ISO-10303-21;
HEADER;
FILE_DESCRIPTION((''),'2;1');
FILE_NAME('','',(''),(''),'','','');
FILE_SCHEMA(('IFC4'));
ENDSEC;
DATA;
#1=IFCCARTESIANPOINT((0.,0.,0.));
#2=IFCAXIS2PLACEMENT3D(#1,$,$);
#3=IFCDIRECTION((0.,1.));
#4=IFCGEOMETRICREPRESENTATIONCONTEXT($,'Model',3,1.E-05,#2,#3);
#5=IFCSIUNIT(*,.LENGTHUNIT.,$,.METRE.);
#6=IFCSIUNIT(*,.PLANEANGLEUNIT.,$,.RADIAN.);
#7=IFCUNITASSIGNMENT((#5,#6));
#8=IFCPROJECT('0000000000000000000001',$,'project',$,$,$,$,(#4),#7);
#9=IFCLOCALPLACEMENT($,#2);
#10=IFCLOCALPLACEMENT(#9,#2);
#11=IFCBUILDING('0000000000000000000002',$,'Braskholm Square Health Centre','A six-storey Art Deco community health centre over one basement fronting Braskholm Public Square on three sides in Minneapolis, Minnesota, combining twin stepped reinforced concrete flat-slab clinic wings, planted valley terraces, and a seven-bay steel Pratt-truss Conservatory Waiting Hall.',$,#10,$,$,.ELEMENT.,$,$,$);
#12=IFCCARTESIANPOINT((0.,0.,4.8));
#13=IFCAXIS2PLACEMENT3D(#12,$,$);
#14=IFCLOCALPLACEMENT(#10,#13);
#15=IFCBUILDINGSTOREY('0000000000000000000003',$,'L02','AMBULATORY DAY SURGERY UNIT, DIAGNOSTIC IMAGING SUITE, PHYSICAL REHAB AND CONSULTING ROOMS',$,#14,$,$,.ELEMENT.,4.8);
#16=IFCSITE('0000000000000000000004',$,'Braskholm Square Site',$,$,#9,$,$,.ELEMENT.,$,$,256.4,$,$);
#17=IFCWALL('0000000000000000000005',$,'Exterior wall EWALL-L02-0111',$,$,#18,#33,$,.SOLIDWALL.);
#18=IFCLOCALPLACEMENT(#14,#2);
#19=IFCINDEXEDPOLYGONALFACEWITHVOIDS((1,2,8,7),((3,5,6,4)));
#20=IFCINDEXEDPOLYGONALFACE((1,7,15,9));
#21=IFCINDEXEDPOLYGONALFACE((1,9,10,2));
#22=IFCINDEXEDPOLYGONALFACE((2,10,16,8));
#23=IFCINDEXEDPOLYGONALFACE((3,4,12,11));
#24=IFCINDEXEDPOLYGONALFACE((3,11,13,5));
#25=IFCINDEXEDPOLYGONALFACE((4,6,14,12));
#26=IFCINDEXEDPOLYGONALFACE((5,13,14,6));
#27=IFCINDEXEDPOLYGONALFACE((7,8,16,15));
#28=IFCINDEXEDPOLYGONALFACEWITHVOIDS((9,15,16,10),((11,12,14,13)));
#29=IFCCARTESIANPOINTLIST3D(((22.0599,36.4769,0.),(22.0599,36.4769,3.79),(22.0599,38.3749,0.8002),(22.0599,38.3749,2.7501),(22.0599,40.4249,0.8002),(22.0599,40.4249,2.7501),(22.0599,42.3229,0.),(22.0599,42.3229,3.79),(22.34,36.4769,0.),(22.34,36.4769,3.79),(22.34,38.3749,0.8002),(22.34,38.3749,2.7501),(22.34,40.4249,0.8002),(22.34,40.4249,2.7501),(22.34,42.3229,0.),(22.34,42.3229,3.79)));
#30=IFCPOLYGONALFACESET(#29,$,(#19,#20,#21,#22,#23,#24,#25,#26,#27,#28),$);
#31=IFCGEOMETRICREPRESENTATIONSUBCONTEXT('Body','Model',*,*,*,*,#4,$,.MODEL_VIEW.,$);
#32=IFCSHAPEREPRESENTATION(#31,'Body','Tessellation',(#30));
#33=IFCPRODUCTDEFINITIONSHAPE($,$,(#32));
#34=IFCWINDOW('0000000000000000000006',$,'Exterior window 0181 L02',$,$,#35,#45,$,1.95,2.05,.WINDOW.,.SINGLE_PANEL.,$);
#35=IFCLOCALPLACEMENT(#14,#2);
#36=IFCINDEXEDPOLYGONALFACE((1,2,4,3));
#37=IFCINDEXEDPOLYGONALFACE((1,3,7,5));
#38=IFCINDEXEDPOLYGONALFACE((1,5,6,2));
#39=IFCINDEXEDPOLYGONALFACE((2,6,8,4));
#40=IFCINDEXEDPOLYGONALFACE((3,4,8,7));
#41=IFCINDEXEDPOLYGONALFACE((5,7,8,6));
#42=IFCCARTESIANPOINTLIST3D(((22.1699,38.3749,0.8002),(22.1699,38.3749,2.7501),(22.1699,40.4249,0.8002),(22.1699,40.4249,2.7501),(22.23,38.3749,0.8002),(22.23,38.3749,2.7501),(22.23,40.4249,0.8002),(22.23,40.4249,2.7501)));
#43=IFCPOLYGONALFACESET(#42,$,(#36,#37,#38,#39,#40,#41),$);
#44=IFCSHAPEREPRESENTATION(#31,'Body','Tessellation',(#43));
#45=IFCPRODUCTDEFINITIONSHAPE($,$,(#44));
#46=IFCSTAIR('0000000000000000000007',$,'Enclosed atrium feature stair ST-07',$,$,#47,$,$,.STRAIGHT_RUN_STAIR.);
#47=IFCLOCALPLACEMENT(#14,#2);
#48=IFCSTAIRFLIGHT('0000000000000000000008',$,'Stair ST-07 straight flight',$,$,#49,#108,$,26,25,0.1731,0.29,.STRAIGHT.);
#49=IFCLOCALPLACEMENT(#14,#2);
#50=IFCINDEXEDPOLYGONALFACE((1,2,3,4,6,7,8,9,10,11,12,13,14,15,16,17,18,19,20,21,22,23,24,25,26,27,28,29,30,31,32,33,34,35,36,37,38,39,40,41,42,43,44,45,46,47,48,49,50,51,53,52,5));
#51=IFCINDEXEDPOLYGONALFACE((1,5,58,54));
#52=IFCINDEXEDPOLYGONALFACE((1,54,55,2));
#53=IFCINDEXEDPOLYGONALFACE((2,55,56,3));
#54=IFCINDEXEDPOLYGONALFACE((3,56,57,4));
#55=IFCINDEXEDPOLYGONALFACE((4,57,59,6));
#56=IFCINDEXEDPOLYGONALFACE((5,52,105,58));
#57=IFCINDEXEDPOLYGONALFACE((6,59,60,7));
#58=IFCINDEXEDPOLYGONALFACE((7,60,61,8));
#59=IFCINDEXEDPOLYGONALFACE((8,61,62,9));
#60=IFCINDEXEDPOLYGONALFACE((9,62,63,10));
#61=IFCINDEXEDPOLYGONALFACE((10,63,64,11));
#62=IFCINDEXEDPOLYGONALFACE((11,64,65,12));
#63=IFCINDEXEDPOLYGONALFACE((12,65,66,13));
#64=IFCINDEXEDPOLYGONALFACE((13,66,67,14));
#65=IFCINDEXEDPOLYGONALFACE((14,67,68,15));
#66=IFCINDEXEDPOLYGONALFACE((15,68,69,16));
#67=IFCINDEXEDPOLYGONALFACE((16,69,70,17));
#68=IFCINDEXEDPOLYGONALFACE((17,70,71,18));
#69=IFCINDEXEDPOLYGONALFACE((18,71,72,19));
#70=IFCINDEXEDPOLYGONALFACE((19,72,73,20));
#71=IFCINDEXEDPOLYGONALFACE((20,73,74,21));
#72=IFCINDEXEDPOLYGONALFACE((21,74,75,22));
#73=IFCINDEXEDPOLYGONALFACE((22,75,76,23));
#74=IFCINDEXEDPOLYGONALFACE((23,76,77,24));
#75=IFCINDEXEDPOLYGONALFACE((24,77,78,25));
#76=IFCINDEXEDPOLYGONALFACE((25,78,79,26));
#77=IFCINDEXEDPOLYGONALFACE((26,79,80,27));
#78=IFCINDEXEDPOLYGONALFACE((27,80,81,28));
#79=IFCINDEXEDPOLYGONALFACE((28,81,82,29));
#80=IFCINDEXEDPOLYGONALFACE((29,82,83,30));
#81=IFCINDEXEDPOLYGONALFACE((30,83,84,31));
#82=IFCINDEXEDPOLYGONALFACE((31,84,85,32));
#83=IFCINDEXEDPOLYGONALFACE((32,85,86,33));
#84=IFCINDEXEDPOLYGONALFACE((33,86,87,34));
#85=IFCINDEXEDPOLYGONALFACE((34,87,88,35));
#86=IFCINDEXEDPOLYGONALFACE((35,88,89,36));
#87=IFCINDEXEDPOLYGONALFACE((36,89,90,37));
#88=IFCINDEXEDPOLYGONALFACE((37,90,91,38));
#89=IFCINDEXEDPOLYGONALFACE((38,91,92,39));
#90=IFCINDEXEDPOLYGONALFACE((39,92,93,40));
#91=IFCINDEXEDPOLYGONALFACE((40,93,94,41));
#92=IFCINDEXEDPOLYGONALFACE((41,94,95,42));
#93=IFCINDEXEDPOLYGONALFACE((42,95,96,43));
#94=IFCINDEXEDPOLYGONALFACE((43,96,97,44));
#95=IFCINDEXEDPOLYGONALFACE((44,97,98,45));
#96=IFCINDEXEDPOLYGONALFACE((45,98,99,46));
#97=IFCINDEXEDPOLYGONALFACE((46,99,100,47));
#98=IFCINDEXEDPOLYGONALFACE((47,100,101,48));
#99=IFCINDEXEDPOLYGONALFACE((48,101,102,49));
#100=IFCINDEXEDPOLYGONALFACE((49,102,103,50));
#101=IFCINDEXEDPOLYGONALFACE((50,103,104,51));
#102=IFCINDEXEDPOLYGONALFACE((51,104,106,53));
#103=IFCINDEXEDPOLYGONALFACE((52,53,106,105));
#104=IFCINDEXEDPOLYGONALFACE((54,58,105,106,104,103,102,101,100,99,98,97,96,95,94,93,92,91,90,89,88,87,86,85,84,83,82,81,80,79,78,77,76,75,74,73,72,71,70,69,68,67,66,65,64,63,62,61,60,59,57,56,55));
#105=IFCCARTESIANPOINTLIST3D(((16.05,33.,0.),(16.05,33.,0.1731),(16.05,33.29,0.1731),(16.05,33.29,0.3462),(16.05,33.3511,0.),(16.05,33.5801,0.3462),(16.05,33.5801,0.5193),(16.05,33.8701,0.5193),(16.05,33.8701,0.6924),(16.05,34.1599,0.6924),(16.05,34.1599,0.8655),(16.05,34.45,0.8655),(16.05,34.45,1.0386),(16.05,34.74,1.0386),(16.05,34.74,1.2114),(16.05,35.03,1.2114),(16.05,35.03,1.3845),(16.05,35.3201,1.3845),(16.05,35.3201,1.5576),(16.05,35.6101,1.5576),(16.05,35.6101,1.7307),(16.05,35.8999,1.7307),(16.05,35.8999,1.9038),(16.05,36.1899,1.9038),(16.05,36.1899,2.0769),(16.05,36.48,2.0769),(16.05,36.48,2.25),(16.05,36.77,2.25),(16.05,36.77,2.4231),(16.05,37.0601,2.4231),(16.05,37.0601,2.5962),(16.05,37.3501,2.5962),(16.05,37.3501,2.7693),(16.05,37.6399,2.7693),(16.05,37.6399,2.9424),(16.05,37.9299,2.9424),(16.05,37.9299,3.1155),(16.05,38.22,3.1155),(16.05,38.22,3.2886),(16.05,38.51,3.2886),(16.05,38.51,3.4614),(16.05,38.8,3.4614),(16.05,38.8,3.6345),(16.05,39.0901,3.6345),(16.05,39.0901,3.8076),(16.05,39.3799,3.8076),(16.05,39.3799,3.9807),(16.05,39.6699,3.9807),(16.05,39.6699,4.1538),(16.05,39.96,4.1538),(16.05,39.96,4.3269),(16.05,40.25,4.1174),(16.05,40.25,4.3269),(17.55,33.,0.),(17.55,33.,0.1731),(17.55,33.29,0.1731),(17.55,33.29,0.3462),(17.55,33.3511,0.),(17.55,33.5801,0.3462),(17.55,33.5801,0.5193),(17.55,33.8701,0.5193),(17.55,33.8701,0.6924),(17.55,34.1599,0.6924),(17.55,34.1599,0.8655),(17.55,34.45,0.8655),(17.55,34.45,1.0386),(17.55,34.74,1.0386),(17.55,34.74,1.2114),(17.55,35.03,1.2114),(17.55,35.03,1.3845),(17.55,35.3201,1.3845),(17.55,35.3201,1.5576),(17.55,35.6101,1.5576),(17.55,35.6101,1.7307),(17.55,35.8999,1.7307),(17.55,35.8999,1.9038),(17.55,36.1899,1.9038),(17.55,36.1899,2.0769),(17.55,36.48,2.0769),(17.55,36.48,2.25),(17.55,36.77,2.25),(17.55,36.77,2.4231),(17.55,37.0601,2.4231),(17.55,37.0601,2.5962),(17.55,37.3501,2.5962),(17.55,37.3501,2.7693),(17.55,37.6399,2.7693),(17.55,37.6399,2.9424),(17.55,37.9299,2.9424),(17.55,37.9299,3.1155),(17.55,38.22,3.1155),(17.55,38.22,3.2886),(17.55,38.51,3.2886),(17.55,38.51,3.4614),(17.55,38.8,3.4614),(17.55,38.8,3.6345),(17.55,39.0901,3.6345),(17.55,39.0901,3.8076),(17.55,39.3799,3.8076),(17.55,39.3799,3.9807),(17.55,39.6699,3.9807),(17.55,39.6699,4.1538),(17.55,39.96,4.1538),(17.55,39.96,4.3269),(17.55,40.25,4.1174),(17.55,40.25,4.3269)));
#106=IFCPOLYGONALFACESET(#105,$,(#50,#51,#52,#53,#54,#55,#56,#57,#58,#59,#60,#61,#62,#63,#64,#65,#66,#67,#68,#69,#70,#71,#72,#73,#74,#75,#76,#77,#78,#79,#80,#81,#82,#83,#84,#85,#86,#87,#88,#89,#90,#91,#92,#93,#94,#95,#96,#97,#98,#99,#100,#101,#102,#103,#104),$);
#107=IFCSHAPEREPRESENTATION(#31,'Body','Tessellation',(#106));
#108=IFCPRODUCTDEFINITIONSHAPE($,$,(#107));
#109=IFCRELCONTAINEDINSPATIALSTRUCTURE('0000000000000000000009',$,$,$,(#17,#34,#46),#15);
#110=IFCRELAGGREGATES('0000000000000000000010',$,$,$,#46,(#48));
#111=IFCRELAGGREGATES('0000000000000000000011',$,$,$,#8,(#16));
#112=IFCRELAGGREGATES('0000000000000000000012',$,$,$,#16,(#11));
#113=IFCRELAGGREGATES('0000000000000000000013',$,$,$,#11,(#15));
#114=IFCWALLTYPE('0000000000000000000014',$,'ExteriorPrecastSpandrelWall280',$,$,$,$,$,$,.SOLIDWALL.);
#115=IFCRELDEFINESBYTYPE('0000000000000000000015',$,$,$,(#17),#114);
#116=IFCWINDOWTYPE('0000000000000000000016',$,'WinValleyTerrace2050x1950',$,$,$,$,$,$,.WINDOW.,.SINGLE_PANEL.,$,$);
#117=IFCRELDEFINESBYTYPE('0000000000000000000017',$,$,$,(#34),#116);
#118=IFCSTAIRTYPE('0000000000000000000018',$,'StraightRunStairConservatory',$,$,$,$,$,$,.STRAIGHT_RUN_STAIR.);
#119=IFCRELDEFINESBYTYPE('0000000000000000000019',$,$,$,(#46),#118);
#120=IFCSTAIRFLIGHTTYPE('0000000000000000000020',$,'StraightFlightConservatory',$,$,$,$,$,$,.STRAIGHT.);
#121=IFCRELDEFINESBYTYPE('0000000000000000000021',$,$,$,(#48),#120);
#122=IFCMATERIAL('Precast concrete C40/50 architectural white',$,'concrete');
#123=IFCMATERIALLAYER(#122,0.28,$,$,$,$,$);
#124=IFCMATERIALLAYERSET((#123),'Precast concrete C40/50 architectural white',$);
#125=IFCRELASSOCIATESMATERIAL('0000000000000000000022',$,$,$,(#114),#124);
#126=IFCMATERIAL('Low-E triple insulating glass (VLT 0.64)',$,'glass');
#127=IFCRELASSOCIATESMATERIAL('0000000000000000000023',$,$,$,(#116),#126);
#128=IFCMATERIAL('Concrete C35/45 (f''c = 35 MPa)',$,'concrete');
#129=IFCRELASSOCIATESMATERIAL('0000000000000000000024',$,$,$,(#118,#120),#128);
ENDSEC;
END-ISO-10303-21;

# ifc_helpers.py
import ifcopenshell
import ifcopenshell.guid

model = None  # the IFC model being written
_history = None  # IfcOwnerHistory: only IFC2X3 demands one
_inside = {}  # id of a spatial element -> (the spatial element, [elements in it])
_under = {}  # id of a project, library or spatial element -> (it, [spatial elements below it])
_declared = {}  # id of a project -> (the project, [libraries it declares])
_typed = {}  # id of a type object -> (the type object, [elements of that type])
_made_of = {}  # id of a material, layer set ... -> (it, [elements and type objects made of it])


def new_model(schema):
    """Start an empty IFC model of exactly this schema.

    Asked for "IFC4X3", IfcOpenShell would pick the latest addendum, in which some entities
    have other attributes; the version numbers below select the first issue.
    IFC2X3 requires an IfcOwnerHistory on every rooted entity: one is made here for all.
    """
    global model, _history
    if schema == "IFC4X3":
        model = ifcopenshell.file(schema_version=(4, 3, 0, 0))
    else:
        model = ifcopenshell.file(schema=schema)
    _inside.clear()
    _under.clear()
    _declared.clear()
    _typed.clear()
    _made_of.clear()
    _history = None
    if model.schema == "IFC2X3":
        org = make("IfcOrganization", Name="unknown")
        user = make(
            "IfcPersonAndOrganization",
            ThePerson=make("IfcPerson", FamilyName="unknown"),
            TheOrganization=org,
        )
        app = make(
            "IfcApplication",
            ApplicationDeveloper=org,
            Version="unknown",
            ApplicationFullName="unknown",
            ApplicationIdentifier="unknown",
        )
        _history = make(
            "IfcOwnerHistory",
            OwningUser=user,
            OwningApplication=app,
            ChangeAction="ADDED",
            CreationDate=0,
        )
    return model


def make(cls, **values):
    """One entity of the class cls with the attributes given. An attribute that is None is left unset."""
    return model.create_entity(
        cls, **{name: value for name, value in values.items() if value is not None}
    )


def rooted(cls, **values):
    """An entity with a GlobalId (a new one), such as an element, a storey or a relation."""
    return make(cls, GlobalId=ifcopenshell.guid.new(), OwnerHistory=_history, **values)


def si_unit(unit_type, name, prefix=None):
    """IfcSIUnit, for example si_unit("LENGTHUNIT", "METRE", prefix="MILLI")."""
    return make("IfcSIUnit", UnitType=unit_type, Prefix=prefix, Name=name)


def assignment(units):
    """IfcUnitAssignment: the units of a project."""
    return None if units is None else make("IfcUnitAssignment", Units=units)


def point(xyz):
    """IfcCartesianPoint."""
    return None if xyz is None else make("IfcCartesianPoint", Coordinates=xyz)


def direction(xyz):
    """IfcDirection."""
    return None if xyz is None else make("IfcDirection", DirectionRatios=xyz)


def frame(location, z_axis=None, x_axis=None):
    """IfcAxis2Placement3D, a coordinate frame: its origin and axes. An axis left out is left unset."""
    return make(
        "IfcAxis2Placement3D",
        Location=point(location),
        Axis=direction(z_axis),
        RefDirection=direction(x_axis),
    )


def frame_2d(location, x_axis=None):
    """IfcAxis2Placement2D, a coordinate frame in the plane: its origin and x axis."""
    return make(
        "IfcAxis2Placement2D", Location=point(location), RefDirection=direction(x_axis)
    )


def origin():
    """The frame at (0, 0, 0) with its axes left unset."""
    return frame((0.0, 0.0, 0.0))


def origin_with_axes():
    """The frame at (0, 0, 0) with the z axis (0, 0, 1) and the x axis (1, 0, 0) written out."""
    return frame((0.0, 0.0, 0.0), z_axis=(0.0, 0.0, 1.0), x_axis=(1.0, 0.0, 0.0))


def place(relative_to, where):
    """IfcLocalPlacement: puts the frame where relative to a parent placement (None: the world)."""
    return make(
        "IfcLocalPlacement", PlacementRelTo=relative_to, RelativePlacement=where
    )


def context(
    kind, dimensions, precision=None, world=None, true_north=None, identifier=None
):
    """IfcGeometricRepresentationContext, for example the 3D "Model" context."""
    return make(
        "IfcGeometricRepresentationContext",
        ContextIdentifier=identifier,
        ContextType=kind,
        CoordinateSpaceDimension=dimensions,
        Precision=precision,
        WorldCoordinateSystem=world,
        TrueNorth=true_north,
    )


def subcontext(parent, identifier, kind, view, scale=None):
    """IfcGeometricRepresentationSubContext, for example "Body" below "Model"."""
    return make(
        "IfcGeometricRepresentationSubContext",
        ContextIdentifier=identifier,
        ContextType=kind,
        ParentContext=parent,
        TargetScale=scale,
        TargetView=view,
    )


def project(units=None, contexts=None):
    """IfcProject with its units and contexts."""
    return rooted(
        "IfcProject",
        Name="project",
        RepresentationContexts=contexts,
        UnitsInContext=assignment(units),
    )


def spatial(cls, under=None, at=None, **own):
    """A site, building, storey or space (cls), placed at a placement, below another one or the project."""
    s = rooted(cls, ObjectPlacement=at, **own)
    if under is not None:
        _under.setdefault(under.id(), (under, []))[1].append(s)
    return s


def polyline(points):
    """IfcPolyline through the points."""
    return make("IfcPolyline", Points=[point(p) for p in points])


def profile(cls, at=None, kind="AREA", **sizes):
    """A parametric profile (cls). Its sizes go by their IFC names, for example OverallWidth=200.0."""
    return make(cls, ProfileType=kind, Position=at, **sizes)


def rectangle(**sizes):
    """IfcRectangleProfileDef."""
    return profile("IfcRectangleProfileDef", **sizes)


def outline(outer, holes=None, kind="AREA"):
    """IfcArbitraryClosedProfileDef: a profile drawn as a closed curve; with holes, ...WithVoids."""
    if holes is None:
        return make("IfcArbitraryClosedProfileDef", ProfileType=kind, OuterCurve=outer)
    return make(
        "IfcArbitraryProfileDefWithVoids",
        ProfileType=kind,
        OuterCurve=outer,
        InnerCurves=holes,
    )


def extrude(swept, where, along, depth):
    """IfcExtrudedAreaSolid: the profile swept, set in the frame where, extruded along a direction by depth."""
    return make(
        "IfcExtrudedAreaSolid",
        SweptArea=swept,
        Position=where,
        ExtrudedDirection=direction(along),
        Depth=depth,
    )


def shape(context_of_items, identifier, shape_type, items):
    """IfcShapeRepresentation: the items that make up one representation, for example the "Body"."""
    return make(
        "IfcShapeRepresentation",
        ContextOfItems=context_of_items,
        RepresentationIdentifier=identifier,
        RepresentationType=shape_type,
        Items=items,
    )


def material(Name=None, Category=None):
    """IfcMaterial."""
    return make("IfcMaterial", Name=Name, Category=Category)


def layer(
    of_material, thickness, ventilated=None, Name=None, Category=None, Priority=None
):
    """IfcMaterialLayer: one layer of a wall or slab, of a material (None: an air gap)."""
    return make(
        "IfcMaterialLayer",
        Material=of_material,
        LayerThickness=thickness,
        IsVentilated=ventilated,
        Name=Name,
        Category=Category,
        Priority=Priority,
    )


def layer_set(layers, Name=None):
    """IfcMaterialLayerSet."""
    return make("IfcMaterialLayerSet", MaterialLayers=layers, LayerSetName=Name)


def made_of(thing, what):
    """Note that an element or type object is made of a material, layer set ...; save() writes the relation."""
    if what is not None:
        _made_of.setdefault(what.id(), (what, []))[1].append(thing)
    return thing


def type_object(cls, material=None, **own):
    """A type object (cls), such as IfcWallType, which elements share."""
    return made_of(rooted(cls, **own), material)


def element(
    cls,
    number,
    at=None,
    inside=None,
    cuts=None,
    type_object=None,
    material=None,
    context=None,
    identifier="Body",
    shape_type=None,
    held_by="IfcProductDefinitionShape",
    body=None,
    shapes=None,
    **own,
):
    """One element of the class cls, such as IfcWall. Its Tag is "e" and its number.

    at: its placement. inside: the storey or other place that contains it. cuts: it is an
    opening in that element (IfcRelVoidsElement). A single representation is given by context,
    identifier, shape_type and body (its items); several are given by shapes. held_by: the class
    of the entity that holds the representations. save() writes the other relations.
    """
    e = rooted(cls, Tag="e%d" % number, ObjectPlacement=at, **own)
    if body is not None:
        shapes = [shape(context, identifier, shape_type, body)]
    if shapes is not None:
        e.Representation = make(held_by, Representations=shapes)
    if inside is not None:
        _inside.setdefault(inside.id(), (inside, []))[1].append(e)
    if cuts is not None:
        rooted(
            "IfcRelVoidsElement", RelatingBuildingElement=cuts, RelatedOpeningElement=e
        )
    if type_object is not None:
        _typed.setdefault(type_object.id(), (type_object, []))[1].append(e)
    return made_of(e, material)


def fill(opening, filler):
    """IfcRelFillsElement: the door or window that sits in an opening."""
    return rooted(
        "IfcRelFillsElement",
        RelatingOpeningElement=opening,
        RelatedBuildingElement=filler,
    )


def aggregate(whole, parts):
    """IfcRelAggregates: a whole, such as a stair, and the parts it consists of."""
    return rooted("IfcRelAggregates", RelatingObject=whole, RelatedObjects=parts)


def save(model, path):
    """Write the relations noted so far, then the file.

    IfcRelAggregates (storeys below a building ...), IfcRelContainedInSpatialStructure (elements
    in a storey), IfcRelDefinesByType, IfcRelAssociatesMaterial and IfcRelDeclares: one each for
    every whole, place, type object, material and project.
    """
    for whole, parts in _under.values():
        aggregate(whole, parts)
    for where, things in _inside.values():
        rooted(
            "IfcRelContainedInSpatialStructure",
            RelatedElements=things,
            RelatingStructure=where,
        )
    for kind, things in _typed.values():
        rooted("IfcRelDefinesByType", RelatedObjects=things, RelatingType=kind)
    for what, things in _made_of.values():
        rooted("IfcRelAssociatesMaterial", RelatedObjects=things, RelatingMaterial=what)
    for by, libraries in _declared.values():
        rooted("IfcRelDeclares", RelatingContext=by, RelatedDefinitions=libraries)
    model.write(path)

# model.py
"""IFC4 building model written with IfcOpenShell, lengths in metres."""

from ifc_helpers import new_model, si_unit, direction, frame, frame_2d, origin, origin_with_axes, place, context, subcontext, project, spatial, polyline, rectangle, outline, extrude, material, layer, layer_set, type_object, element, fill, aggregate, save


model = new_model("IFC4")

# Units and contexts
model_context = context("Model", 3, precision=1e-05, world=origin(), true_north=direction((0.0, 1.0)))
body_context = subcontext(model_context, "Body", "Model", "MODEL_VIEW")
ifc_project = project(units=[si_unit("LENGTHUNIT", "METRE"), si_unit("PLANEANGLEUNIT", "RADIAN")], contexts=[model_context])

# Site, building, storey
site_placement = place(None, origin())
site = spatial("IfcSite", under=ifc_project, at=site_placement, Name="Braskholm Square Site", CompositionType="ELEMENT", RefElevation=256.4)
building_placement = place(site_placement, origin())
building = spatial("IfcBuilding", under=site, at=building_placement, Name="Braskholm Square Health Centre", Description="A six-storey Art Deco community health centre over one basement fronting Braskholm Public Square on three sides in Minneapolis, Minnesota, combining twin stepped reinforced concrete flat-slab clinic wings, planted valley terraces, and a seven-bay steel Pratt-truss Conservatory Waiting Hall.", CompositionType="ELEMENT")
storey_placement = place(building_placement, frame((0.0, 0.0, 4.8)))
storey = spatial("IfcBuildingStorey", under=building, at=storey_placement, Name="L02", Description="AMBULATORY DAY SURGERY UNIT, DIAGNOSTIC IMAGING SUITE, PHYSICAL REHAB AND CONSULTING ROOMS", CompositionType="ELEMENT", Elevation=4.8)

# Shared definitions
ifc_material_1 = material(Name="Low-E triple insulating glass (VLT 0.64)", Category="glass")

# Shared definitions
ifc_material_2 = material(Name="Concrete C35/45 (f'c = 35 MPa)", Category="concrete")
ifc_material_3 = material(Name="Precast concrete C40/50 architectural white", Category="concrete")

# Wall, opening, window
ifc_layer = layer(ifc_material_3, 0.28)
ifc_layer_set = layer_set([ifc_layer], Name="Precast concrete C40/50 architectural white")
wall_type = type_object("IfcWallType", Name="ExteriorPrecastSpandrelWall280", PredefinedType="SOLIDWALL", material=ifc_layer_set)
wall_placement = place(storey_placement, frame((22.2, 36.4771, 0.0), z_axis=(0.0, 0.0, 1.0), x_axis=(0.0, 1.0, 0.0)))
wall = element("IfcWall", 1, at=wall_placement, inside=storey, type_object=wall_type, Name="Exterior wall EWALL-L02-0111", PredefinedType="SOLIDWALL", context=body_context, shape_type="SweptSolid", body=[
    extrude(rectangle(XDim=5.8459, YDim=0.28, at=frame_2d((2.9229, 0.0))), origin(), (0.0, 0.0, 1.0), 3.79),
])
opening_placement = place(wall_placement, frame((1.8979, 0.0, 0.8)))
opening = element("IfcOpeningElement", 2, at=opening_placement, cuts=wall, PredefinedType="OPENING", context=body_context, shape_type="SweptSolid", body=[
    extrude(rectangle(XDim=2.05, YDim=1.95, at=frame_2d((1.0249, 0.9751))), frame((0.0, 0.1499, 0.0), z_axis=(0.0, -1.0, 0.0), x_axis=(1.0, 0.0, 0.0)), (0.0, 0.0, 1.0), 0.3),
])
window_type = type_object("IfcWindowType", Name="WinValleyTerrace2050x1950", PartitioningType="SINGLE_PANEL", PredefinedType="WINDOW", material=ifc_material_1)
window_placement = place(opening_placement, origin_with_axes())
window = element("IfcWindow", 3, at=window_placement, inside=storey, type_object=window_type, Name="Exterior window 0181 L02", OverallHeight=1.95, OverallWidth=2.05, PartitioningType="SINGLE_PANEL", PredefinedType="WINDOW", context=body_context, shape_type="SweptSolid", body=[
    extrude(rectangle(XDim=2.05, YDim=1.95, at=frame_2d((1.0249, 0.9751))), frame((0.0, 0.03, 0.0), z_axis=(0.0, -1.0, 0.0), x_axis=(1.0, 0.0, 0.0)), (0.0, 0.0, 1.0), 0.0601),
])
fill(opening, window)

# Stair, stair flight
stair_type = type_object("IfcStairType", Name="StraightRunStairConservatory", PredefinedType="STRAIGHT_RUN_STAIR", material=ifc_material_2)
stair_placement = place(storey_placement, origin())
stair = element("IfcStair", 4, at=stair_placement, inside=storey, type_object=stair_type, Name="Enclosed atrium feature stair ST-07", PredefinedType="STRAIGHT_RUN_STAIR")
stair_flight_type = type_object("IfcStairFlightType", Name="StraightFlightConservatory", PredefinedType="STRAIGHT", material=ifc_material_2)
stair_flight_placement = place(storey_placement, frame((16.8, 33.0, 0.0), z_axis=(0.0, 0.0, 1.0), x_axis=(0.0, 1.0, 0.0)))
stair_flight = element("IfcStairFlight", 5, at=stair_flight_placement, type_object=stair_flight_type, Name="Stair ST-07 straight flight", NumberOfRisers=26, NumberOfTreads=25, PredefinedType="STRAIGHT", RiserHeight=0.1731, TreadLength=0.29, context=body_context, shape_type="SweptSolid", body=[
    extrude(outline(polyline([(0.0, 0.0), (0.0, 0.1731), (0.29, 0.1731), (0.29, 0.3462), (0.5801, 0.3462), (0.5801, 0.5193), (0.8701, 0.5193), (0.8701, 0.6924), (1.1599, 0.6924), (1.1599, 0.8655), (1.45, 0.8655), (1.45, 1.0386), (1.74, 1.0386), (1.74, 1.2114), (2.03, 1.2114), (2.03, 1.3845), (2.3201, 1.3845), (2.3201, 1.5576), (2.6101, 1.5576), (2.6101, 1.7307), (2.8999, 1.7307), (2.8999, 1.9038), (3.1899, 1.9038), (3.1899, 2.0769), (3.48, 2.0769), (3.48, 2.25), (3.77, 2.25), (3.77, 2.4231), (4.0601, 2.4231), (4.0601, 2.5962), (4.3501, 2.5962), (4.3501, 2.7693), (4.6399, 2.7693), (4.6399, 2.9424), (4.9299, 2.9424), (4.9299, 3.1155), (5.22, 3.1155), (5.22, 3.2886), (5.51, 3.2886), (5.51, 3.4614), (5.8, 3.4614), (5.8, 3.6345), (6.0901, 3.6345), (6.0901, 3.8076), (6.3799, 3.8076), (6.3799, 3.9807), (6.6699, 3.9807), (6.6699, 4.1538), (6.96, 4.1538), (6.96, 4.3269), (7.25, 4.3269), (7.25, 4.5), (7.25, 4.1174), (0.3511, 0.0), (0.0, 0.0)])), frame((0.0, 0.75, 0.0), z_axis=(0.0, -1.0, 0.0), x_axis=(1.0, 0.0, 0.0)), (0.0, 0.0, 1.0), 1.5),
])
aggregate(stair, [stair_flight])

save(model, "model.ifc")
